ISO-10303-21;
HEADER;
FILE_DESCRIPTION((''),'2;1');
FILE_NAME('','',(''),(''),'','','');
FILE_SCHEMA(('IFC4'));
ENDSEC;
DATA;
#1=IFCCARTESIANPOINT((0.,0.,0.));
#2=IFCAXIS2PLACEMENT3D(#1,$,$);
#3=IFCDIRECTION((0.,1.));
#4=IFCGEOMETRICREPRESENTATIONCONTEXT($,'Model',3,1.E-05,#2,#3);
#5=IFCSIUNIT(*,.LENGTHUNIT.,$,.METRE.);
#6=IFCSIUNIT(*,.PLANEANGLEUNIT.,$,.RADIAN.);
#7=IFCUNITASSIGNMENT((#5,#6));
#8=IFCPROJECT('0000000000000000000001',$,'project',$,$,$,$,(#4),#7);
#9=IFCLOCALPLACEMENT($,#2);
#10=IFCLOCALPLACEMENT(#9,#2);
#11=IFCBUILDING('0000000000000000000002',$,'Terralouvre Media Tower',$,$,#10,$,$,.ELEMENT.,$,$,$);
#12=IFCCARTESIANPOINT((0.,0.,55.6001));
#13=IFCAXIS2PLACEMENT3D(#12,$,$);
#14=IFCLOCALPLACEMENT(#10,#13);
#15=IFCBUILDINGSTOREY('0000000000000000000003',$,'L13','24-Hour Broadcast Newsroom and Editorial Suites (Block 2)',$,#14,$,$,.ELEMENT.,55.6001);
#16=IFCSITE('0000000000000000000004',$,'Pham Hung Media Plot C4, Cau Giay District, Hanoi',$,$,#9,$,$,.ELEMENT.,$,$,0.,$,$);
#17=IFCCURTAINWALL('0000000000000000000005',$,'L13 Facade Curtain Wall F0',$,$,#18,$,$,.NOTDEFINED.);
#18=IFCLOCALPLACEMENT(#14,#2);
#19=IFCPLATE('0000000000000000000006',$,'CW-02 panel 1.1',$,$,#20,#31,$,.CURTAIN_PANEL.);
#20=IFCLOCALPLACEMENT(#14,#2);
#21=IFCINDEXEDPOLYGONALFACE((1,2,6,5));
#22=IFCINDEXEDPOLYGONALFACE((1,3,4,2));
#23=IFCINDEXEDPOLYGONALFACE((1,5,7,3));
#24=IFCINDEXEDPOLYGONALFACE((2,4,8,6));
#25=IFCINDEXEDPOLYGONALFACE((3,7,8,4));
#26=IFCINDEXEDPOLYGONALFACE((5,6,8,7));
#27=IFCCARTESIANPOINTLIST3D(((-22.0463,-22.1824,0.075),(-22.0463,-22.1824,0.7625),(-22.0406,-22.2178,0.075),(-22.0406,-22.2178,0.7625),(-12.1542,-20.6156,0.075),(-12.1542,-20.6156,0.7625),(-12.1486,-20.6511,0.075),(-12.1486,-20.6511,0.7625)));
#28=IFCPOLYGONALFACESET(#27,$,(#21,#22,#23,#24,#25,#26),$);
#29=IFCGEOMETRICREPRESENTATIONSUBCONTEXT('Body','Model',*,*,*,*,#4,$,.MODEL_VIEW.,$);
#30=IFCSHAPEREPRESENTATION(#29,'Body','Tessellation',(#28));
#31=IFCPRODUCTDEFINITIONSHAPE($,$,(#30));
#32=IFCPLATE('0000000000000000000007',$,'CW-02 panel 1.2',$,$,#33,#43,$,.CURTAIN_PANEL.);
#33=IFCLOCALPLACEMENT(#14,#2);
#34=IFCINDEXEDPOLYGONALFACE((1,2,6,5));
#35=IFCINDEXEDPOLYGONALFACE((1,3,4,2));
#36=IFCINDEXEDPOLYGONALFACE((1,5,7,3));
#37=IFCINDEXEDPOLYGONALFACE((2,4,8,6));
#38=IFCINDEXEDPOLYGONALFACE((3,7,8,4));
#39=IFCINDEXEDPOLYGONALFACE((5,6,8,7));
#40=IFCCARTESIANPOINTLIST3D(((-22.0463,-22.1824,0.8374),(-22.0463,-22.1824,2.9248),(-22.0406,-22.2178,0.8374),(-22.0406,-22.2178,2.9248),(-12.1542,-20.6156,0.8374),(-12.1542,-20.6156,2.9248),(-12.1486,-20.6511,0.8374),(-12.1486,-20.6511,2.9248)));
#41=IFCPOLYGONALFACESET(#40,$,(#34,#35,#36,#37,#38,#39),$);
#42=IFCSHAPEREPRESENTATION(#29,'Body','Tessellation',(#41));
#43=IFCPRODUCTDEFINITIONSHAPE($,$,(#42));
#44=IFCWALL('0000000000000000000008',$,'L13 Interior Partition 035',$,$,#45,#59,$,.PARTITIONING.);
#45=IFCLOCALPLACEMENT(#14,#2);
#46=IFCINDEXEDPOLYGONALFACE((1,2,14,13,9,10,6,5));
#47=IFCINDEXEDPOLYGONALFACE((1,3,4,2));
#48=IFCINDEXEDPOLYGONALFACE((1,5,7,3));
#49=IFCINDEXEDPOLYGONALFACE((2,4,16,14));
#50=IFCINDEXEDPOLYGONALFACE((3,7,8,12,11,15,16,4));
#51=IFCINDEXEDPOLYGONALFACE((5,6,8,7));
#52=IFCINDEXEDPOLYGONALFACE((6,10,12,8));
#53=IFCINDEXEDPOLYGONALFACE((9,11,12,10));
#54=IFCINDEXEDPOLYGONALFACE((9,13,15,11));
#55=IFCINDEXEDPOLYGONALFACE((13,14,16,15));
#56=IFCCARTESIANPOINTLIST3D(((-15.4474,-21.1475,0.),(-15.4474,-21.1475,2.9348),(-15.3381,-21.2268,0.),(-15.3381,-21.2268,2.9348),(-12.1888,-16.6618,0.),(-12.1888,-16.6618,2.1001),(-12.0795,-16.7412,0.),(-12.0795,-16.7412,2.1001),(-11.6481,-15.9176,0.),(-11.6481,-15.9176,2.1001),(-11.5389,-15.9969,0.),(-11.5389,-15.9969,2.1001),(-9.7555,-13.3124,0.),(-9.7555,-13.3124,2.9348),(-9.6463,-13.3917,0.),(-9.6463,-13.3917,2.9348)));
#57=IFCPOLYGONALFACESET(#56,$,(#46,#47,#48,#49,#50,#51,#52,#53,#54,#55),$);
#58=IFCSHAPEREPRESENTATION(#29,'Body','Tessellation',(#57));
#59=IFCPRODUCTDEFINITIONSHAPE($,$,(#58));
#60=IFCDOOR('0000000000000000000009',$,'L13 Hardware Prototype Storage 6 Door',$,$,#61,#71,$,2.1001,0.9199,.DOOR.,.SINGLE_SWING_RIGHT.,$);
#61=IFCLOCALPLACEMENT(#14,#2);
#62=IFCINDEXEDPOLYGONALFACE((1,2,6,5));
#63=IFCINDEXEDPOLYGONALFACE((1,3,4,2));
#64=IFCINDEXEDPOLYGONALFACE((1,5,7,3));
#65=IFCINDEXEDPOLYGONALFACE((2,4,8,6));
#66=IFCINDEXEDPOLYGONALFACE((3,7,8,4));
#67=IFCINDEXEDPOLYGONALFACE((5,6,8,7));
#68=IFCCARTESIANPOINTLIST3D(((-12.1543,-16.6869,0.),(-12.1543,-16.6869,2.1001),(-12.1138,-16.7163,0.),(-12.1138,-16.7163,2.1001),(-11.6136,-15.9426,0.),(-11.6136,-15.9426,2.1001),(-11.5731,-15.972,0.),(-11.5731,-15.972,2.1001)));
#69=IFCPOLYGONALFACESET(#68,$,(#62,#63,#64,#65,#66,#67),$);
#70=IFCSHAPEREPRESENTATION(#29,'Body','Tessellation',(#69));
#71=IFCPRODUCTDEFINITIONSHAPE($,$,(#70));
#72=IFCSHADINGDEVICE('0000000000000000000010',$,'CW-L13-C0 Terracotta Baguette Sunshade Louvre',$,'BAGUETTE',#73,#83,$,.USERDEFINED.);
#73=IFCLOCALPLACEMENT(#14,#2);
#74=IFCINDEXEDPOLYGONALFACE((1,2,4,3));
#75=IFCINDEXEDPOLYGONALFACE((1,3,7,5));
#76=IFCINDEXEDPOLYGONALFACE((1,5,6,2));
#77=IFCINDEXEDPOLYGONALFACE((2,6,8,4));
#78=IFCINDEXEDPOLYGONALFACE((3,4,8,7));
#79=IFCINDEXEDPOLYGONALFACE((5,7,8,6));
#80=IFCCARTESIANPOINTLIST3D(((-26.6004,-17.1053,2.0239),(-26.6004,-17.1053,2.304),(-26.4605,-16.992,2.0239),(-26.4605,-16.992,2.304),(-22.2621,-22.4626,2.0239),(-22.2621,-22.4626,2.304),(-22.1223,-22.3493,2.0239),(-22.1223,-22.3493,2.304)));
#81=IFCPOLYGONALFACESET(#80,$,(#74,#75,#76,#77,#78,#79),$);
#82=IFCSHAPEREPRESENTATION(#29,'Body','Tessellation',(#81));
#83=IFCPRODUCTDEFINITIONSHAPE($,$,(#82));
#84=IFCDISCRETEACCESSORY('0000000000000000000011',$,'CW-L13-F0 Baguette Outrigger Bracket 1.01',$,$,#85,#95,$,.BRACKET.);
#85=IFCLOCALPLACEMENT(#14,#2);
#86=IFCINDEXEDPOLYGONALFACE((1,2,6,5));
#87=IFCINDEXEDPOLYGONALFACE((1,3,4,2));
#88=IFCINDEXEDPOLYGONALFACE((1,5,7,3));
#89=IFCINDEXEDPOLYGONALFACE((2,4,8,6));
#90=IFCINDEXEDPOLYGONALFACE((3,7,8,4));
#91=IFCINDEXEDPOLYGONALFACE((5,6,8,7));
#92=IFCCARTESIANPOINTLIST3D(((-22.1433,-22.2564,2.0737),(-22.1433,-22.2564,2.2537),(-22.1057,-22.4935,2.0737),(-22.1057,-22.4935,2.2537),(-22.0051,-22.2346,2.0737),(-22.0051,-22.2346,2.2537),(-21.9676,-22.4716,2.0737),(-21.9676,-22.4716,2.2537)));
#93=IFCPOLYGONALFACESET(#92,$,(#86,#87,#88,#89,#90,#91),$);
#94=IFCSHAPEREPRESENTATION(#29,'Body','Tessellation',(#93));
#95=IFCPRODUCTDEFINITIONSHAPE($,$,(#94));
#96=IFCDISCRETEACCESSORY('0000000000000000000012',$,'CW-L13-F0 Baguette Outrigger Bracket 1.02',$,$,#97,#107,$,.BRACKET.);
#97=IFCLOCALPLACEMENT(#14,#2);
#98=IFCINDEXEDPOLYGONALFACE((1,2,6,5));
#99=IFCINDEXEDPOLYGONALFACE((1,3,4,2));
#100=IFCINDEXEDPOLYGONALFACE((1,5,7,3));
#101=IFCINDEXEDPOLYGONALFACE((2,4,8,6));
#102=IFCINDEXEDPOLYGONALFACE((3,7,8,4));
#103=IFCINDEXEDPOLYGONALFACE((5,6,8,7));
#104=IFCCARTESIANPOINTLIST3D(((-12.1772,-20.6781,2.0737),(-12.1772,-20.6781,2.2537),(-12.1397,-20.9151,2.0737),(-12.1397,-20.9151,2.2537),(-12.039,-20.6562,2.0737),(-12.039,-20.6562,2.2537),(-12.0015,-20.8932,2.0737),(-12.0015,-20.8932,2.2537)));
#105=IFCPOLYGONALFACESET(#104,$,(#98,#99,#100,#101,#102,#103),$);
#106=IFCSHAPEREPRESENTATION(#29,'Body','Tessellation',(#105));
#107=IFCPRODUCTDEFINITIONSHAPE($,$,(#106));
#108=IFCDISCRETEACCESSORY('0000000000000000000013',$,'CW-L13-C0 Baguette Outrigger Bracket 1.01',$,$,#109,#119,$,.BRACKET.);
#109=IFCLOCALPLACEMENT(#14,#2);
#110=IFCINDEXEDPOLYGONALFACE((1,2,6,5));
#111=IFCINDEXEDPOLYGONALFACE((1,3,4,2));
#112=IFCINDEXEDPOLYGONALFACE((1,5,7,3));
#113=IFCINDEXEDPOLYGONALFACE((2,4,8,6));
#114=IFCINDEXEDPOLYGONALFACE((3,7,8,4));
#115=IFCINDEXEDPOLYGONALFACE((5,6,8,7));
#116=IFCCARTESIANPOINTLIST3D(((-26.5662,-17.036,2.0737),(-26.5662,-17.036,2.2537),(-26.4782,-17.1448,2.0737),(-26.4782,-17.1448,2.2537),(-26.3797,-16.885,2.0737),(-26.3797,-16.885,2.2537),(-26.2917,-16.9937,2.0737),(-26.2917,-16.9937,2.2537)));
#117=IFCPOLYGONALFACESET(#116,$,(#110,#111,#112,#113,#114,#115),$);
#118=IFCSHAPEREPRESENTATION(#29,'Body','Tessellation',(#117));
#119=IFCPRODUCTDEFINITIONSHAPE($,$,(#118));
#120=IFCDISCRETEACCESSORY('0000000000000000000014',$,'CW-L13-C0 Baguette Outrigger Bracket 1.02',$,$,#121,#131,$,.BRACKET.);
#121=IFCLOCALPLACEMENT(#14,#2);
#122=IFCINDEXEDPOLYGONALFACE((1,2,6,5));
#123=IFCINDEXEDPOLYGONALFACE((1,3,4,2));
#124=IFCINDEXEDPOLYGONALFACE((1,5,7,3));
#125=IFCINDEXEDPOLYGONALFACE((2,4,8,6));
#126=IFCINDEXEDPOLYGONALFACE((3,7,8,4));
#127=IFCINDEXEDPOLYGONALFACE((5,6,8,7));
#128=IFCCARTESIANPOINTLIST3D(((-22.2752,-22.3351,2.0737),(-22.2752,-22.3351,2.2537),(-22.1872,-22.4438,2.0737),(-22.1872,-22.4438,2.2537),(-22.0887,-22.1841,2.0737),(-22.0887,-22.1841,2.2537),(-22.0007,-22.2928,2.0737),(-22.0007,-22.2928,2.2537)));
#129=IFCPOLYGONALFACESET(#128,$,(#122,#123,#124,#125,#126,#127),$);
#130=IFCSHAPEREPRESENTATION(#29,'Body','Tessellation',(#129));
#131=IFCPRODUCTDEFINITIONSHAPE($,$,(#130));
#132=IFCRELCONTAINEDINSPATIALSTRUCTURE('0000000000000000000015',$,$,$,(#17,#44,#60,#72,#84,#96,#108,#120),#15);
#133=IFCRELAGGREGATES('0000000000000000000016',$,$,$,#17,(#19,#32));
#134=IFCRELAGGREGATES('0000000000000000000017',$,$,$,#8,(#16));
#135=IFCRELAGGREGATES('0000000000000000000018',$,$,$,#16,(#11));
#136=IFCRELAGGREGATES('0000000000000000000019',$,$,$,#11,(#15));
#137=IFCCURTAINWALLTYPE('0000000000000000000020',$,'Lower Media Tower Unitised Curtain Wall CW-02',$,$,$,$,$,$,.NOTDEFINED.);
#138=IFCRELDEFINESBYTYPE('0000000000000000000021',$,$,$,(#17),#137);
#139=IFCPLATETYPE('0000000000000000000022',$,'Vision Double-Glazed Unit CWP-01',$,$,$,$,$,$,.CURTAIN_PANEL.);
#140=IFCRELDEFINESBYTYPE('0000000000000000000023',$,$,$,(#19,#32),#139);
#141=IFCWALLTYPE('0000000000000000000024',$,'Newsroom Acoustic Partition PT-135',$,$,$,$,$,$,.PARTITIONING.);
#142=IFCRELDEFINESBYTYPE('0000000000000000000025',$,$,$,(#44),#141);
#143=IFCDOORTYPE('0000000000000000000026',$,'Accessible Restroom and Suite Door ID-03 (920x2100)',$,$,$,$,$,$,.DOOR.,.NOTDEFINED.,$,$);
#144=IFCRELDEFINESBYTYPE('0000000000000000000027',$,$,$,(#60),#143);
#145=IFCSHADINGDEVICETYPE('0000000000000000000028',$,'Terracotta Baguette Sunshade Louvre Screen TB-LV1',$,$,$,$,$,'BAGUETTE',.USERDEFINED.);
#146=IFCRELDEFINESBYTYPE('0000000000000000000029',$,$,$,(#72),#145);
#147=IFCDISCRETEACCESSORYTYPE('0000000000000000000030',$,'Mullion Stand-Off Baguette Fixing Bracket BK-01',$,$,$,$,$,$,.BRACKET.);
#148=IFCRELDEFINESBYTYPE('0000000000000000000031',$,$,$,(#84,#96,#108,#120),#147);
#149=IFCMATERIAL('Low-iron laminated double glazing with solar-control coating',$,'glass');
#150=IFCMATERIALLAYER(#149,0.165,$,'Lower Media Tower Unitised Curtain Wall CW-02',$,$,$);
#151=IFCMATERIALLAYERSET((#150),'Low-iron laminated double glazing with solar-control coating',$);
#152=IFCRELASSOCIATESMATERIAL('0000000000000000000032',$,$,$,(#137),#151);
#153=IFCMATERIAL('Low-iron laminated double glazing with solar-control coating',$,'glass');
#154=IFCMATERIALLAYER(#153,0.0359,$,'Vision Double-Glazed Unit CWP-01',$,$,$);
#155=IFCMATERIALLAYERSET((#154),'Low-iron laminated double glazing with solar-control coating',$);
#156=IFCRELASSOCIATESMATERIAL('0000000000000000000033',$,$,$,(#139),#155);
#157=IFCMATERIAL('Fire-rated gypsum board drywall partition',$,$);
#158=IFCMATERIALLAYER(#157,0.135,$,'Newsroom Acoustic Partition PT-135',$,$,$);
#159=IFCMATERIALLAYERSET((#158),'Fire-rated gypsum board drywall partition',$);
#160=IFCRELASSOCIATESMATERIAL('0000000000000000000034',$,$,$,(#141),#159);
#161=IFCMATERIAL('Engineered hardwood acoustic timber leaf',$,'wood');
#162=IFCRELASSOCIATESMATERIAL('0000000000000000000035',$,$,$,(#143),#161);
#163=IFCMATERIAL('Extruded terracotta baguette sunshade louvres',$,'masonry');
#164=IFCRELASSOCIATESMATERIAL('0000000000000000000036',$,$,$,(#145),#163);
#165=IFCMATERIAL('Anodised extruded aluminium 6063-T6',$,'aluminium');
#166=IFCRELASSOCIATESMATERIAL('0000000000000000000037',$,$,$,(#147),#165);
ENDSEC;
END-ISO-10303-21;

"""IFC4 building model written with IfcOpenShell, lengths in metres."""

from ifc_helpers import new_model, si_unit, direction, frame, frame_2d, origin, origin_2d, place, context, subcontext, project, spatial, rectangle, extrude, material, layer, layer_set, type_object, element, fill, aggregate, save


model = new_model("IFC4")

# Units and contexts
model_context = context("Model", 3, precision=1e-05, world=origin(), true_north=direction((0.0, 1.0)))
body_context = subcontext(model_context, "Body", "Model", "MODEL_VIEW")
ifc_project = project(units=[si_unit("LENGTHUNIT", "METRE"), si_unit("PLANEANGLEUNIT", "RADIAN")], contexts=[model_context])

# Site, building, storey
site_placement = place(None, origin())
site = spatial("IfcSite", under=ifc_project, at=site_placement, Name="Pham Hung Media Plot C4, Cau Giay District, Hanoi", CompositionType="ELEMENT", RefElevation=0.0)
building_placement = place(site_placement, origin())
building = spatial("IfcBuilding", under=site, at=building_placement, Name="Terralouvre Media Tower", CompositionType="ELEMENT")
storey_placement = place(building_placement, frame((0.0, 0.0, 55.6001)))
storey = spatial("IfcBuildingStorey", under=building, at=storey_placement, Name="L13", Description="24-Hour Broadcast Newsroom and Editorial Suites (Block 2)", CompositionType="ELEMENT", Elevation=55.6001)

# Curtain wall
ifc_material_1 = material(Name="Low-iron laminated double glazing with solar-control coating", Category="glass")
ifc_layer_1 = layer(ifc_material_1, 0.165, Name="Lower Media Tower Unitised Curtain Wall CW-02")
ifc_layer_set_1 = layer_set([ifc_layer_1], Name="Low-iron laminated double glazing with solar-control coating")
curtain_wall_type_1 = type_object("IfcCurtainWallType", Name="Lower Media Tower Unitised Curtain Wall CW-02", PredefinedType="NOTDEFINED", material=ifc_layer_set_1)
curtain_wall_1_placement = place(storey_placement, origin())
curtain_wall_1 = element("IfcCurtainWall", 1, at=curtain_wall_1_placement, inside=storey, type_object=curtain_wall_type_1, Name="L13 Facade Curtain Wall F0", PredefinedType="NOTDEFINED")

# Plates
ifc_material_2 = material(Name="Low-iron laminated double glazing with solar-control coating", Category="glass")
ifc_layer_2 = layer(ifc_material_2, 0.0359, Name="Vision Double-Glazed Unit CWP-01")
ifc_layer_set_2 = layer_set([ifc_layer_2], Name="Low-iron laminated double glazing with solar-control coating")
plate_type_1 = type_object("IfcPlateType", Name="Vision Double-Glazed Unit CWP-01", PredefinedType="CURTAIN_PANEL", material=ifc_layer_set_2)
plate_1_placement = place(storey_placement, frame((-17.0974, -21.4167, 0.075), z_axis=(0.0, 0.0, 1.0), x_axis=(0.987688, 0.156434, 0.0)))
plate_1 = element("IfcPlate", 2, at=plate_1_placement, type_object=plate_type_1, Name="CW-02 panel 1.1", PredefinedType="CURTAIN_PANEL", context=body_context, shape_type="SweptSolid", body=[
    extrude(rectangle(XDim=10.0154, YDim=0.0359, at=origin_2d()), origin(), (0.0, 0.0, 1.0), 0.6875),
])
plate_2_placement = place(storey_placement, frame((-17.0974, -21.4167, 0.8374), z_axis=(0.0, 0.0, 1.0), x_axis=(0.987688, 0.156434, 0.0)))
plate_2 = element("IfcPlate", 3, at=plate_2_placement, type_object=plate_type_1, Name="CW-02 panel 1.2", PredefinedType="CURTAIN_PANEL", context=body_context, shape_type="SweptSolid", body=[
    extrude(rectangle(XDim=10.0154, YDim=0.0359, at=origin_2d()), origin(), (0.0, 0.0, 1.0), 2.0874),
])
aggregate(curtain_wall_1, [plate_1, plate_2])

# Wall, opening, door
ifc_material_3 = material(Name="Fire-rated gypsum board drywall partition")
ifc_layer_3 = layer(ifc_material_3, 0.135, Name="Newsroom Acoustic Partition PT-135")
ifc_layer_set_3 = layer_set([ifc_layer_3], Name="Fire-rated gypsum board drywall partition")
wall_type = type_object("IfcWallType", Name="Newsroom Acoustic Partition PT-135", PredefinedType="PARTITIONING", material=ifc_layer_set_3)
wall_placement = place(storey_placement, frame((-15.3928, -21.1873, 0.0), z_axis=(0.0, 0.0, 1.0), x_axis=(0.587737, 0.809052, 0.0)))
wall = element("IfcWall", 4, at=wall_placement, inside=storey, type_object=wall_type, Name="L13 Interior Partition 035", PredefinedType="PARTITIONING", context=body_context, shape_type="SweptSolid", body=[
    extrude(rectangle(XDim=9.6843, YDim=0.135, at=frame_2d((4.8423, 0.0))), origin(), (0.0, 0.0, 1.0), 2.9348),
])
opening_placement = place(wall_placement, frame((5.5444, 0.0, 0.0)))
opening = element("IfcOpeningElement", 5, at=opening_placement, cuts=wall, PredefinedType="OPENING", context=body_context, shape_type="SweptSolid", body=[
    extrude(rectangle(XDim=0.9199, YDim=2.1001, at=frame_2d((0.46, 1.05))), frame((0.0, 0.0774, 0.0), z_axis=(0.0, -1.0, 0.0), x_axis=(1.0, 0.0, 0.0)), (0.0, 0.0, 1.0), 0.155),
])
ifc_material_4 = material(Name="Engineered hardwood acoustic timber leaf", Category="wood")
door_type = type_object("IfcDoorType", Name="Accessible Restroom and Suite Door ID-03 (920x2100)", OperationType="NOTDEFINED", PredefinedType="DOOR", material=ifc_material_4)
door_placement = place(opening_placement, origin())
door = element("IfcDoor", 6, at=door_placement, inside=storey, type_object=door_type, Name="L13 Hardware Prototype Storage 6 Door", OperationType="SINGLE_SWING_RIGHT", OverallHeight=2.1001, OverallWidth=0.9199, PredefinedType="DOOR", context=body_context, shape_type="SweptSolid", body=[
    extrude(rectangle(XDim=0.9199, YDim=2.1001, at=frame_2d((0.46, 1.05))), frame((0.0, 0.0249, 0.0), z_axis=(0.0, -1.0, 0.0), x_axis=(1.0, 0.0, 0.0)), (0.0, 0.0, 1.0), 0.05),
])
fill(opening, door)

# Shading device
ifc_material_5 = material(Name="Extruded terracotta baguette sunshade louvres", Category="masonry")
shading_device_type = type_object("IfcShadingDeviceType", Name="Terracotta Baguette Sunshade Louvre Screen TB-LV1", ElementType="BAGUETTE", PredefinedType="USERDEFINED", material=ifc_material_5)
shading_device_placement = place(storey_placement, frame((-24.3613, -19.7273, 2.0239), z_axis=(0.0, 0.0, 1.0), x_axis=(0.62932, -0.777146, 0.0)))
element("IfcShadingDevice", 7, at=shading_device_placement, inside=storey, type_object=shading_device_type, Name="CW-L13-C0 Terracotta Baguette Sunshade Louvre", ObjectType="BAGUETTE", PredefinedType="USERDEFINED", context=body_context, shape_type="SweptSolid", body=[
    extrude(rectangle(XDim=6.8936, YDim=0.1799, at=origin_2d()), origin(), (0.0, 0.0, 1.0), 0.28),
])

# Discrete accessories
ifc_material_6 = material(Name="Anodised extruded aluminium 6063-T6", Category="aluminium")
discrete_accessory_type = type_object("IfcDiscreteAccessoryType", Name="Mullion Stand-Off Baguette Fixing Bracket BK-01", PredefinedType="BRACKET", material=ifc_material_6)
for number, where, z_axis, x_axis, name in (
    (8, (-22.0554, -22.364, 2.0737), (0.0, 0.0, 1.0), (0.987688, 0.156434, 0.0), "CW-L13-F0 Baguette Outrigger Bracket 1.01"),
    (9, (-12.0894, -20.7856, 2.0737), (0.0, 0.0, 1.0), (0.987688, 0.156434, 0.0), "CW-L13-F0 Baguette Outrigger Bracket 1.02"),
    (10, (-26.429, -17.0149, 2.0737), (0.0, 0.0, 1.0), (0.62932, -0.777146, 0.0), "CW-L13-C0 Baguette Outrigger Bracket 1.01"),
    (11, (-22.1379, -22.314, 2.0737), (0.0, 0.0, 1.0), (0.62932, -0.777146, 0.0), "CW-L13-C0 Baguette Outrigger Bracket 1.02"),
):
    element("IfcDiscreteAccessory", number, at=place(storey_placement, frame(where, z_axis=z_axis, x_axis=x_axis)), inside=storey, type_object=discrete_accessory_type, Name=name, PredefinedType="BRACKET", context=body_context, shape_type="SweptSolid", body=[
        extrude(rectangle(XDim=0.1399, YDim=0.24, at=origin_2d()), origin(), (0.0, 0.0, 1.0), 0.1799),
    ])

save(model, "model.ifc")
